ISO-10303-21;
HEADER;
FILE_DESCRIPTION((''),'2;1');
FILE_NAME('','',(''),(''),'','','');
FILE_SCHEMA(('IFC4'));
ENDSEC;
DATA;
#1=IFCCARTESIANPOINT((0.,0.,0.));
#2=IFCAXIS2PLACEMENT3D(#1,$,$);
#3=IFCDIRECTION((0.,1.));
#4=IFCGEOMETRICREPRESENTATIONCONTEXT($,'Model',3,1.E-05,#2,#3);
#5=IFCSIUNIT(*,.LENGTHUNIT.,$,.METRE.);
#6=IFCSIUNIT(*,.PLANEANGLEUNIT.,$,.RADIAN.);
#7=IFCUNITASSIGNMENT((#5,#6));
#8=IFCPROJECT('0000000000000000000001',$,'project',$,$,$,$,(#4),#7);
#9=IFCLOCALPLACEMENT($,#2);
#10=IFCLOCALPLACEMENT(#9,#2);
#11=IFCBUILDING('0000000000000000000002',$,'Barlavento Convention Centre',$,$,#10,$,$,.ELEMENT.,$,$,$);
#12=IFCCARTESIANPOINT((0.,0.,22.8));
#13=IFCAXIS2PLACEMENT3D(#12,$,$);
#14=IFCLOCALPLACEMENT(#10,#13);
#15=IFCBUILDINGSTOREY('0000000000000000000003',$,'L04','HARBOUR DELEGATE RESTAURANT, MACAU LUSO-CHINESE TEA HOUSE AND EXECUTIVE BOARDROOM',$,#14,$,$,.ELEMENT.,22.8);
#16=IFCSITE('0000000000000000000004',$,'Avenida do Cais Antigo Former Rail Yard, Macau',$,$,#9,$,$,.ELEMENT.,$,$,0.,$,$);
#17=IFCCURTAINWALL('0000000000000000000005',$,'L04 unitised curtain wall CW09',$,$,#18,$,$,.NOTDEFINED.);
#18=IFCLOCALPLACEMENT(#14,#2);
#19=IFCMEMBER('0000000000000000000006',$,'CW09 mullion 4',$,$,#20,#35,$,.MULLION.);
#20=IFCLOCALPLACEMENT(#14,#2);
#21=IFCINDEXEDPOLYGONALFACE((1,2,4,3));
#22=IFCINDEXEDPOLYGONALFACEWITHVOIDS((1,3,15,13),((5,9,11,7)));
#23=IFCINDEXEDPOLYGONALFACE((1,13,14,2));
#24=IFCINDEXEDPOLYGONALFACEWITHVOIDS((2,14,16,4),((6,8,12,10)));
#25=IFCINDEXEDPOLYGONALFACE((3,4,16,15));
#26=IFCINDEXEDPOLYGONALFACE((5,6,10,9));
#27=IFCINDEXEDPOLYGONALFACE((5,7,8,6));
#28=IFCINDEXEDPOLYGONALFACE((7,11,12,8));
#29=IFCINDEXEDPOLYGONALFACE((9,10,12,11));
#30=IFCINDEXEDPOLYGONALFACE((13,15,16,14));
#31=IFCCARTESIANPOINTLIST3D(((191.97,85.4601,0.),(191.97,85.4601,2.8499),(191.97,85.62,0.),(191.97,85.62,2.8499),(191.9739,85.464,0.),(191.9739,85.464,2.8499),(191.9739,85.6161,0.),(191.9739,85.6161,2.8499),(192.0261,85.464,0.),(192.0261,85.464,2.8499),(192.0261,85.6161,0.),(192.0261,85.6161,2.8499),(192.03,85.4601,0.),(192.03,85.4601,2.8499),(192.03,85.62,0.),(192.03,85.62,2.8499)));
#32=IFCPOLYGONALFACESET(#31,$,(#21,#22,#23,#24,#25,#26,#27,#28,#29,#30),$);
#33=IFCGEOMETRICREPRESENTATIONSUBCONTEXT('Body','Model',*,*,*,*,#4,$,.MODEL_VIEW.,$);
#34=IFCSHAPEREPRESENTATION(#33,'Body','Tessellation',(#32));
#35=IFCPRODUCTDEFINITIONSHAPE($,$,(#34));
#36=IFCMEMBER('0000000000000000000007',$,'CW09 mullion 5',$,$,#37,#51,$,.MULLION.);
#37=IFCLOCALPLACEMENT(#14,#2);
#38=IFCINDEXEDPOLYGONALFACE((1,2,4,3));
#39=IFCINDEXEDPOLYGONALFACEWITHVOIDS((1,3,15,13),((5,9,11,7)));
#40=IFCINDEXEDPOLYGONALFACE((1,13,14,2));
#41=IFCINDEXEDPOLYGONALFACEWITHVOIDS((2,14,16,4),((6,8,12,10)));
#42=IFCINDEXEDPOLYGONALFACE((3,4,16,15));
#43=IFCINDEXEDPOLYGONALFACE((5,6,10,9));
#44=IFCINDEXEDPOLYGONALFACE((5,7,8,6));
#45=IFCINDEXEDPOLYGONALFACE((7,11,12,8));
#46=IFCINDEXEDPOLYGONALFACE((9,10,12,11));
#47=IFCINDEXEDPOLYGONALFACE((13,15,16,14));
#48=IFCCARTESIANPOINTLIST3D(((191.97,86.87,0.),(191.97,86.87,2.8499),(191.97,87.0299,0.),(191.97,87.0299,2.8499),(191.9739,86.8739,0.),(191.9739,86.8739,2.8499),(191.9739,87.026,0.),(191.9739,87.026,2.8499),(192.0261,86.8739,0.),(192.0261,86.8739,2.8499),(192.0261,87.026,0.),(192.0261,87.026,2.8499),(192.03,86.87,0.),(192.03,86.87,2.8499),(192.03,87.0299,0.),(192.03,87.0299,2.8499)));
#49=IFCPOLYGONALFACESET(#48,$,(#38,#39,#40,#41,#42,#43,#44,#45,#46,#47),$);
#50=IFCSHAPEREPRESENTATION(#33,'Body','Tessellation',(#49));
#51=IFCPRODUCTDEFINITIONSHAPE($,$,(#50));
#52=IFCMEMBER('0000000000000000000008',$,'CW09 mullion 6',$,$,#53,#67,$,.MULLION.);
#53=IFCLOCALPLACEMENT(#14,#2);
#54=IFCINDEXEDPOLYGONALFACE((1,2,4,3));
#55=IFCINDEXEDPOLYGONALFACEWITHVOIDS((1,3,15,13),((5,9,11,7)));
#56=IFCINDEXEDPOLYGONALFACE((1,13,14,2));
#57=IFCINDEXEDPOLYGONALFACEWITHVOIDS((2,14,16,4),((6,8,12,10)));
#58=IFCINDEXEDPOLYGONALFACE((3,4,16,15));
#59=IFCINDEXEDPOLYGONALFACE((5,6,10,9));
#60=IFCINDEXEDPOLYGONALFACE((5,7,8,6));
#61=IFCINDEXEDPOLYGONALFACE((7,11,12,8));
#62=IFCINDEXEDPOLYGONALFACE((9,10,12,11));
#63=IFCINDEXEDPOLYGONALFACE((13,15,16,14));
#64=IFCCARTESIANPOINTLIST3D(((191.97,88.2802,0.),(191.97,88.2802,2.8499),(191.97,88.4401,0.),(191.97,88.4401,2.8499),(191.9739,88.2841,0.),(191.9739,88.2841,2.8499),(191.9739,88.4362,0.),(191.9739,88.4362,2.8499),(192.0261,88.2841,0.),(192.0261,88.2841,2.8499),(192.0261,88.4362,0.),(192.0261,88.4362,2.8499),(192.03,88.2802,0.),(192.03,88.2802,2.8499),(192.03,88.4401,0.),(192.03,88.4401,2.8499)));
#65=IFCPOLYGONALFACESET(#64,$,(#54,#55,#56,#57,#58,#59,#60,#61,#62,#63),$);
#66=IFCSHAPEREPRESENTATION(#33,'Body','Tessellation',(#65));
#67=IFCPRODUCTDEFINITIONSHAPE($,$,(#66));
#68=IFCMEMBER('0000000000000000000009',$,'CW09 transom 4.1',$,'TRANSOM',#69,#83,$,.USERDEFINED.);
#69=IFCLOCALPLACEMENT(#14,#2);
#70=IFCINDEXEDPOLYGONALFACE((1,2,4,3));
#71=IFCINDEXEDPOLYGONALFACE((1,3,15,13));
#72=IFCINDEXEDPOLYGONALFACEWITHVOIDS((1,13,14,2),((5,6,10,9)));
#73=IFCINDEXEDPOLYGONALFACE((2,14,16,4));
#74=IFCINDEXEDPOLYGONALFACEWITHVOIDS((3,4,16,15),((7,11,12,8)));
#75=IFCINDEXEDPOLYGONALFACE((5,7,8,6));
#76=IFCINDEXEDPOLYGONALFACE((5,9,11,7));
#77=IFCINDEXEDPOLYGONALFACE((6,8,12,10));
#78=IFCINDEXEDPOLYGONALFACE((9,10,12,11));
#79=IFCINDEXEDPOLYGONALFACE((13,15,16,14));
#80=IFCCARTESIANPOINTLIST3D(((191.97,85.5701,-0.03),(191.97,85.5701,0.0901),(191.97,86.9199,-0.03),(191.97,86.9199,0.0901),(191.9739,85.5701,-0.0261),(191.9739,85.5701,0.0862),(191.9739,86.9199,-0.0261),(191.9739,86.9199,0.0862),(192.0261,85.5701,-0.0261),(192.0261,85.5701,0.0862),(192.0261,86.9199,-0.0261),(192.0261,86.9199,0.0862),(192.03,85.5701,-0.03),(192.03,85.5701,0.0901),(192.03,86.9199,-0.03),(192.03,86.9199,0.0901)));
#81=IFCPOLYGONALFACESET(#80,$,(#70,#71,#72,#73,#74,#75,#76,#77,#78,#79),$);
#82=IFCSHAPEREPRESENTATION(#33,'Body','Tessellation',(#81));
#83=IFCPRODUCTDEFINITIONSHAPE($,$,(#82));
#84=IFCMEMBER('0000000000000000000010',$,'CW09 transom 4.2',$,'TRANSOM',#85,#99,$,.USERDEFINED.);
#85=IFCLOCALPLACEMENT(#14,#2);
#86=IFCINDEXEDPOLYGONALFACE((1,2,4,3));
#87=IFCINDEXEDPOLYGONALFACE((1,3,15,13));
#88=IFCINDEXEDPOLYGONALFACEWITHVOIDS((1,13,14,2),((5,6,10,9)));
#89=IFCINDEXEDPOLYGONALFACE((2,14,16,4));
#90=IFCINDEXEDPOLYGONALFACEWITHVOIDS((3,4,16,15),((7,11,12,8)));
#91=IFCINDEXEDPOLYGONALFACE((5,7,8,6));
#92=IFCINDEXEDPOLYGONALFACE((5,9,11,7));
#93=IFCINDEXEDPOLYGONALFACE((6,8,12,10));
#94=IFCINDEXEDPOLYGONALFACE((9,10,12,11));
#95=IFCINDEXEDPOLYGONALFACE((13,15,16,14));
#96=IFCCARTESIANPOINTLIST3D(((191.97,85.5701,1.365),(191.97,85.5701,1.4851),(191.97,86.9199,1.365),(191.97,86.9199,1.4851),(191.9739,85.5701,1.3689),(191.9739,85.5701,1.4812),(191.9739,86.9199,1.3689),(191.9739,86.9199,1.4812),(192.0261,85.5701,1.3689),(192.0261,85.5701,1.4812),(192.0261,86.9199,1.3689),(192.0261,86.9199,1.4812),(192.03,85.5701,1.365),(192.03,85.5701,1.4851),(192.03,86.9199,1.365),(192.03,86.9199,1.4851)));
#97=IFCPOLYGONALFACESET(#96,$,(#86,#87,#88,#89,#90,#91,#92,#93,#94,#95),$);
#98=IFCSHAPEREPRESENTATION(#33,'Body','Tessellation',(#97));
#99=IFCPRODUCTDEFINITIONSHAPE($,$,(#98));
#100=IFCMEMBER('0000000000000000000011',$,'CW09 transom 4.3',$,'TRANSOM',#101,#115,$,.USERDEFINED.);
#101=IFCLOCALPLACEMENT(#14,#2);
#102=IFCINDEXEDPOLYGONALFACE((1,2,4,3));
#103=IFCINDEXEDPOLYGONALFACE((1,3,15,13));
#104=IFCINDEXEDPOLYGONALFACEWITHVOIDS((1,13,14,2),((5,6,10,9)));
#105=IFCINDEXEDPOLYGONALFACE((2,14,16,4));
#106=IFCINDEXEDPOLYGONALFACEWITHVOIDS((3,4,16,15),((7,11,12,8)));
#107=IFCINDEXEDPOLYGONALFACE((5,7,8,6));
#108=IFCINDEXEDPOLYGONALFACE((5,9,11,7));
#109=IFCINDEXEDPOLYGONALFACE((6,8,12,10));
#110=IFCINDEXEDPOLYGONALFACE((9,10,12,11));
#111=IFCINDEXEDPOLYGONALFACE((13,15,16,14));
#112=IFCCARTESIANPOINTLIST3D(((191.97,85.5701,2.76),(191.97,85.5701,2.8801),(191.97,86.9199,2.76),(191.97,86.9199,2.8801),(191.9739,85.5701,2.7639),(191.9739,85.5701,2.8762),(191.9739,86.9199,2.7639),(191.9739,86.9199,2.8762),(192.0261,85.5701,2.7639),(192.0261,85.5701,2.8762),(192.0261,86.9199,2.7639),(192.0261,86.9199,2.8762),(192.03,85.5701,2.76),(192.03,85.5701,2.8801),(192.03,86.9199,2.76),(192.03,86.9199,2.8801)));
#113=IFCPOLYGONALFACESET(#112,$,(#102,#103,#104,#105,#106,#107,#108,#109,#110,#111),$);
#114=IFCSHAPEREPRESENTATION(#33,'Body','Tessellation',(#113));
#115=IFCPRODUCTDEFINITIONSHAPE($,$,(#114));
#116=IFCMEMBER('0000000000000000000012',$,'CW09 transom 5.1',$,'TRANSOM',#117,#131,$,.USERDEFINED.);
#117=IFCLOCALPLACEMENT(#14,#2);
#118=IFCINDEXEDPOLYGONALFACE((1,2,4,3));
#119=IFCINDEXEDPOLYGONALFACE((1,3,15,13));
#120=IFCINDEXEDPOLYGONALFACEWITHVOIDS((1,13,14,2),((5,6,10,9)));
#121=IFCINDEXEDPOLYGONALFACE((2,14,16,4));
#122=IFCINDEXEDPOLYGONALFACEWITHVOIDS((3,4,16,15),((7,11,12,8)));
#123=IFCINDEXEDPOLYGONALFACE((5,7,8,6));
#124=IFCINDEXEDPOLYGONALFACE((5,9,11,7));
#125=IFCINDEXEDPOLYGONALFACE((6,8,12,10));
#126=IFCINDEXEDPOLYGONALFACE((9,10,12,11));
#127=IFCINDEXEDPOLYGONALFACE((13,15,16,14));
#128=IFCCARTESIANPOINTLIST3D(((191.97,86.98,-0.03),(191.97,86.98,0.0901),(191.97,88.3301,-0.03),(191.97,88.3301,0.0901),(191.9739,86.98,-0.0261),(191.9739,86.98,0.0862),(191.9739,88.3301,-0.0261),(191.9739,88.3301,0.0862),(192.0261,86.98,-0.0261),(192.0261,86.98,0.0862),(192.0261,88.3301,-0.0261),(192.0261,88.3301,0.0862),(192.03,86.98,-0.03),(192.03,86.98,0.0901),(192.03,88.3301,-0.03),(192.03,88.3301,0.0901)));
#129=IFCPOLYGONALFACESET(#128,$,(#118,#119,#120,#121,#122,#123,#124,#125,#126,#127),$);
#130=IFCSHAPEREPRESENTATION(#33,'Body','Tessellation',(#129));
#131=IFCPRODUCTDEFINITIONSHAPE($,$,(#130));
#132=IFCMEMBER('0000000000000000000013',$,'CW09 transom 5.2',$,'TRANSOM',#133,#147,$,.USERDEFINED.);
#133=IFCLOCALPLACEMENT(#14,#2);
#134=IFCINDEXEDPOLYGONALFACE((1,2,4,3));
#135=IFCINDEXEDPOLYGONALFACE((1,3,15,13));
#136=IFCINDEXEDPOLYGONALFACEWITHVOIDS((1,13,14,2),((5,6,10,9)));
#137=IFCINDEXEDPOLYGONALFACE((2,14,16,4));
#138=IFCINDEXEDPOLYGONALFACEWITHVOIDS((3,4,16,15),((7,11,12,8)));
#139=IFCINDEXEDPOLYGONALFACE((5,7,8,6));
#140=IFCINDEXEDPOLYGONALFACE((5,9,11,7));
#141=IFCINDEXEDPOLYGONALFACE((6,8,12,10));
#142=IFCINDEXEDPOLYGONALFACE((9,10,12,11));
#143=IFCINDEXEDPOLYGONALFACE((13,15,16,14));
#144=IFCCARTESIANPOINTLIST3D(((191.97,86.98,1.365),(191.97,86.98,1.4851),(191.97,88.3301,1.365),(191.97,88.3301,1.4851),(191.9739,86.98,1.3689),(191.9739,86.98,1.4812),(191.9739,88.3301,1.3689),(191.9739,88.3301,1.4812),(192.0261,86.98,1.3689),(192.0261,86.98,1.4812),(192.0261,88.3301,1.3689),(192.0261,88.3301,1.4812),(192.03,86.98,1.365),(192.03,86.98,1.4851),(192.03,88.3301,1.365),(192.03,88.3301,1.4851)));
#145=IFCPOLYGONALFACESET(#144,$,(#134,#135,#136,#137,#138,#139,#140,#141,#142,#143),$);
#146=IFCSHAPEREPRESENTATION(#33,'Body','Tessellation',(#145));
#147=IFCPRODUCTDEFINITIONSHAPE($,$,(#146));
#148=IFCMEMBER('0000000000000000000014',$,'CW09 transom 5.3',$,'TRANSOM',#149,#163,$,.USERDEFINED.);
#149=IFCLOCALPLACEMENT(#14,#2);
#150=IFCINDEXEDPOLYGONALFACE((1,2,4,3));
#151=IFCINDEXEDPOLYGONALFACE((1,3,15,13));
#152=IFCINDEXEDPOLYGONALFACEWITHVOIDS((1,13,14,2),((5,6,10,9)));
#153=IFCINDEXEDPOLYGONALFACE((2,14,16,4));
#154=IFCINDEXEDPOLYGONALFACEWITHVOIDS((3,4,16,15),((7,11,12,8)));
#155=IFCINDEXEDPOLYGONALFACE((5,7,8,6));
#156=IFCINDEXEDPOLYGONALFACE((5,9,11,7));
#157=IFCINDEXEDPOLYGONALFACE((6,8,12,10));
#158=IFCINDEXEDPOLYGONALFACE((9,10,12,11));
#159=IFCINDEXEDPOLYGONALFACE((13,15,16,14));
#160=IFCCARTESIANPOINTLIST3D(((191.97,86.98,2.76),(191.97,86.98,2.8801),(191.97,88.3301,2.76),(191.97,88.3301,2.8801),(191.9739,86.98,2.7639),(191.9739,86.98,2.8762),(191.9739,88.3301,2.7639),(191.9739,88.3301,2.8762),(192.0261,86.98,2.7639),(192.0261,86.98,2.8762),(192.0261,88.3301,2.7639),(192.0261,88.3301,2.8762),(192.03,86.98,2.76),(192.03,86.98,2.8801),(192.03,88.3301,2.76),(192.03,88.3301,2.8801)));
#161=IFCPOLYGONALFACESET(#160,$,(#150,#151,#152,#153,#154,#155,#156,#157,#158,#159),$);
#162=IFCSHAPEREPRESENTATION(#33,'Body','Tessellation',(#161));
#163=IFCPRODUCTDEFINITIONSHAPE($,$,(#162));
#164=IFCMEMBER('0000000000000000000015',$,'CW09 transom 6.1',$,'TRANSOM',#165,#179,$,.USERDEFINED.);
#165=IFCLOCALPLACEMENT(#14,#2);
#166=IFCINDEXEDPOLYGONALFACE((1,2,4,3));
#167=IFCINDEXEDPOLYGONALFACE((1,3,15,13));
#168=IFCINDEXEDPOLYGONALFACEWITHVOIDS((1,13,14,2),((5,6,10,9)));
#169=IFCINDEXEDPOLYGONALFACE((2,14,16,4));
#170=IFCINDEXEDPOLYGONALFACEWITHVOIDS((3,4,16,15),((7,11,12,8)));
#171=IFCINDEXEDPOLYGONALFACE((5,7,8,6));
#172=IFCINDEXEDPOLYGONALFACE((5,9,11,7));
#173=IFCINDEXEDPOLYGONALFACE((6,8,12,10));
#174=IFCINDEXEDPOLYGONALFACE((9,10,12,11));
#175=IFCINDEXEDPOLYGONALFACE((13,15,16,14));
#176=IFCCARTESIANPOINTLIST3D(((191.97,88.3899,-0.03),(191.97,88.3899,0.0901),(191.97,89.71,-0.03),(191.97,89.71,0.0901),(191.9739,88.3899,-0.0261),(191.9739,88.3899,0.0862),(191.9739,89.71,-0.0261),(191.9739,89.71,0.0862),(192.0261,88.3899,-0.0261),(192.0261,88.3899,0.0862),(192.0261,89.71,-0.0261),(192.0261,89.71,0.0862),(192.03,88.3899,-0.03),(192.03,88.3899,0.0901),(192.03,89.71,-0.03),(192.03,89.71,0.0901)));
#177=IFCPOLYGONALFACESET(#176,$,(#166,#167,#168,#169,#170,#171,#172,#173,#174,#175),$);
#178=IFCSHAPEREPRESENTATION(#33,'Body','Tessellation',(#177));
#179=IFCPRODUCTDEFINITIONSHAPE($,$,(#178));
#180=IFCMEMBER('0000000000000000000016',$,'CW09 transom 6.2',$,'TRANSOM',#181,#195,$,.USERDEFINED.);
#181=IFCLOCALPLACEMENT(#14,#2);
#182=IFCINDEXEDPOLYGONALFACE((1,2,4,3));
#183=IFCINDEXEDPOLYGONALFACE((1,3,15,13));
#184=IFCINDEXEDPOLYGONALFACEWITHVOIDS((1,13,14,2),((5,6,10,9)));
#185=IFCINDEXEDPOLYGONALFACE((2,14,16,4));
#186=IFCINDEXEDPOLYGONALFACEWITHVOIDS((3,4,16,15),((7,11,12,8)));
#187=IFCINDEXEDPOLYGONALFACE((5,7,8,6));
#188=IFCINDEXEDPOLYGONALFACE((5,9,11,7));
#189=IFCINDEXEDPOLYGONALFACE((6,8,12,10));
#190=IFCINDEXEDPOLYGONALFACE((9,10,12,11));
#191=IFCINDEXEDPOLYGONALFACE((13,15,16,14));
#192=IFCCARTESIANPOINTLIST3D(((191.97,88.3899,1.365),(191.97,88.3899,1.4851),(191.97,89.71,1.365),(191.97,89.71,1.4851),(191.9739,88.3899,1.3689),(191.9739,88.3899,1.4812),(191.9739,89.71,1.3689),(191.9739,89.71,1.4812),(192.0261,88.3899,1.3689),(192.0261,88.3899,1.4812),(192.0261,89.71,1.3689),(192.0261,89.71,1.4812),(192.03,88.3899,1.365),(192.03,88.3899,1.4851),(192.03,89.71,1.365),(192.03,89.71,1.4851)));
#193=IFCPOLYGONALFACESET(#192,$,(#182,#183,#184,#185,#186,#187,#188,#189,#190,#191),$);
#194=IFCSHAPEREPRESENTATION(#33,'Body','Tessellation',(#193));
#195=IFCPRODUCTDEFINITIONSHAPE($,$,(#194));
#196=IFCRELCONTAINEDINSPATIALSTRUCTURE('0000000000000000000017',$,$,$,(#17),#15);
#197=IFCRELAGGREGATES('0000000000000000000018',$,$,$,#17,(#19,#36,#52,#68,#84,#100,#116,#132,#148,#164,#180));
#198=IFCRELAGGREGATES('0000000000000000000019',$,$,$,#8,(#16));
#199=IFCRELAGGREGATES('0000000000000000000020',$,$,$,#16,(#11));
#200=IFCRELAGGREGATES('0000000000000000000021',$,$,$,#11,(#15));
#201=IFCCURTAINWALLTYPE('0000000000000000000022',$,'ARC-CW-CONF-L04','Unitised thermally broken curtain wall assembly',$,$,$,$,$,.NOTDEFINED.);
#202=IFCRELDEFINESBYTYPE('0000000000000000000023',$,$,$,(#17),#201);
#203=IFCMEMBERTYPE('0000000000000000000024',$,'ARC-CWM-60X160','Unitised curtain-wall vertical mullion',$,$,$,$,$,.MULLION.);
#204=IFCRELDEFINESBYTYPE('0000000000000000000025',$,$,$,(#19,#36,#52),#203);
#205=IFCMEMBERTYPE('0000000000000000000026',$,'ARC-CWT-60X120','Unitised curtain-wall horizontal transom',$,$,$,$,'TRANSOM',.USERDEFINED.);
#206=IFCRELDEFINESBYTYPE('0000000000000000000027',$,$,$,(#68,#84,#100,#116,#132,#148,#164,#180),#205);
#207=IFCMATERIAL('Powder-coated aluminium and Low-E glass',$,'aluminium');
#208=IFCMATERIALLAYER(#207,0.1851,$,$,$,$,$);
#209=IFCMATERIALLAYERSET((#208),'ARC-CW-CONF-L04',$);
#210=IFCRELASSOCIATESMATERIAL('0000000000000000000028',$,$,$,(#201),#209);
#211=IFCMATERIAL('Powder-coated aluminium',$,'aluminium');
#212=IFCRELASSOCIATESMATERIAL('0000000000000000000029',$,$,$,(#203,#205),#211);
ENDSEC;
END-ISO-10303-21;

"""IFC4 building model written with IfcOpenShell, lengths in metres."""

from ifc_helpers import new_model, si_unit, direction, frame, origin, origin_2d, place, context, subcontext, project, spatial, hollow_rectangle, extrude, material, layer, layer_set, material_profile, profile_set, type_object, element, aggregate, save


model = new_model("IFC4")

# Units and contexts
model_context = context("Model", 3, precision=1e-05, world=origin(), true_north=direction((0.0, 1.0)))
body_context = subcontext(model_context, "Body", "Model", "MODEL_VIEW")
ifc_project = project(units=[si_unit("LENGTHUNIT", "METRE"), si_unit("PLANEANGLEUNIT", "RADIAN")], contexts=[model_context])

# Site, building, storey
site_placement = place(None, origin())
site = spatial("IfcSite", under=ifc_project, at=site_placement, Name="Avenida do Cais Antigo Former Rail Yard, Macau", CompositionType="ELEMENT", RefElevation=0.0)
building_placement = place(site_placement, origin())
building = spatial("IfcBuilding", under=site, at=building_placement, Name="Barlavento Convention Centre", CompositionType="ELEMENT")
storey_placement = place(building_placement, frame((0.0, 0.0, 22.8)))
storey = spatial("IfcBuildingStorey", under=building, at=storey_placement, Name="L04", Description="HARBOUR DELEGATE RESTAURANT, MACAU LUSO-CHINESE TEA HOUSE AND EXECUTIVE BOARDROOM", CompositionType="ELEMENT", Elevation=22.8)

# Curtain wall, members
ifc_material_1 = material(Name="Powder-coated aluminium and Low-E glass", Category="aluminium")
ifc_layer_1 = layer(ifc_material_1, 0.1851)
ifc_layer_set_1 = layer_set([ifc_layer_1], Name="ARC-CW-CONF-L04")
curtain_wall_type = type_object("IfcCurtainWallType", Name="ARC-CW-CONF-L04", Description="Unitised thermally broken curtain wall assembly", PredefinedType="NOTDEFINED", material=ifc_layer_set_1)
curtain_wall_placement = place(storey_placement, origin())
curtain_wall = element("IfcCurtainWall", 1, at=curtain_wall_placement, inside=storey, type_object=curtain_wall_type, Name="L04 unitised curtain wall CW09", PredefinedType="NOTDEFINED")
ifc_material_2 = material(Name="Powder-coated aluminium", Category="aluminium")
ifc_material_profile_1 = material_profile(ifc_material_2, hollow_rectangle(XDim=0.0601, YDim=0.1599, WallThickness=0.0039, at=origin_2d()), Name="AL-MULL 60x160x4")
ifc_profile_set_1 = profile_set([ifc_material_profile_1], Name="Powder-coated aluminium")
member_type_1 = type_object("IfcMemberType", Name="ARC-CWM-60X160", Description="Unitised curtain-wall vertical mullion", PredefinedType="MULLION", material=ifc_profile_set_1)
member_1_placement = place(storey_placement, frame((192.0, 85.54, 0.0), z_axis=(0.0, 0.0, 1.0), x_axis=(-1.0, 0.0, 0.0)))
member_1 = element("IfcMember", 2, at=member_1_placement, type_object=member_type_1, Name="CW09 mullion 4", PredefinedType="MULLION", context=body_context, shape_type="SweptSolid", body=[
    extrude(hollow_rectangle(XDim=0.0601, YDim=0.1599, WallThickness=0.0039, at=origin_2d()), origin(), (0.0, 0.0, 1.0), 2.8499),
])
member_2_placement = place(storey_placement, frame((192.0, 86.95, 0.0), z_axis=(0.0, 0.0, 1.0), x_axis=(-1.0, 0.0, 0.0)))
member_2 = element("IfcMember", 3, at=member_2_placement, type_object=member_type_1, Name="CW09 mullion 5", PredefinedType="MULLION", context=body_context, shape_type="SweptSolid", body=[
    extrude(hollow_rectangle(XDim=0.0601, YDim=0.1599, WallThickness=0.0039, at=origin_2d()), origin(), (0.0, 0.0, 1.0), 2.8499),
])
member_3_placement = place(storey_placement, frame((192.0, 88.3601, 0.0), z_axis=(0.0, 0.0, 1.0), x_axis=(-1.0, 0.0, 0.0)))
member_3 = element("IfcMember", 4, at=member_3_placement, type_object=member_type_1, Name="CW09 mullion 6", PredefinedType="MULLION", context=body_context, shape_type="SweptSolid", body=[
    extrude(hollow_rectangle(XDim=0.0601, YDim=0.1599, WallThickness=0.0039, at=origin_2d()), origin(), (0.0, 0.0, 1.0), 2.8499),
])
ifc_material_profile_2 = material_profile(ifc_material_2, hollow_rectangle(XDim=0.0601, YDim=0.1201, WallThickness=0.0039, at=origin_2d()), Name="AL-TRAN 60x120x4")
ifc_profile_set_2 = profile_set([ifc_material_profile_2], Name="Powder-coated aluminium")
member_type_2 = type_object("IfcMemberType", Name="ARC-CWT-60X120", Description="Unitised curtain-wall horizontal transom", ElementType="TRANSOM", PredefinedType="USERDEFINED", material=ifc_profile_set_2)
member_4_placement = place(storey_placement, frame((192.0, 85.5701, 0.03), z_axis=(0.0, 1.0, 0.0), x_axis=(-1.0, 0.0, 0.0)))
member_4 = element("IfcMember", 5, at=member_4_placement, type_object=member_type_2, Name="CW09 transom 4.1", ObjectType="TRANSOM", PredefinedType="USERDEFINED", context=body_context, shape_type="SweptSolid", body=[
    extrude(hollow_rectangle(XDim=0.0601, YDim=0.1201, WallThickness=0.0039, at=origin_2d()), origin(), (0.0, 0.0, 1.0), 1.3499),
])
member_5_placement = place(storey_placement, frame((192.0, 85.5701, 1.425), z_axis=(0.0, 1.0, 0.0), x_axis=(-1.0, 0.0, 0.0)))
member_5 = element("IfcMember", 6, at=member_5_placement, type_object=member_type_2, Name="CW09 transom 4.2", ObjectType="TRANSOM", PredefinedType="USERDEFINED", context=body_context, shape_type="SweptSolid", body=[
    extrude(hollow_rectangle(XDim=0.0601, YDim=0.1201, WallThickness=0.0039, at=origin_2d()), origin(), (0.0, 0.0, 1.0), 1.3499),
])
member_6_placement = place(storey_placement, frame((192.0, 85.5701, 2.8201), z_axis=(0.0, 1.0, 0.0), x_axis=(-1.0, 0.0, 0.0)))
member_6 = element("IfcMember", 7, at=member_6_placement, type_object=member_type_2, Name="CW09 transom 4.3", ObjectType="TRANSOM", PredefinedType="USERDEFINED", context=body_context, shape_type="SweptSolid", body=[
    extrude(hollow_rectangle(XDim=0.0601, YDim=0.1201, WallThickness=0.0039, at=origin_2d()), origin(), (0.0, 0.0, 1.0), 1.3499),
])
member_7_placement = place(storey_placement, frame((192.0, 86.98, 0.03), z_axis=(0.0, 1.0, 0.0), x_axis=(-1.0, 0.0, 0.0)))
member_7 = element("IfcMember", 8, at=member_7_placement, type_object=member_type_2, Name="CW09 transom 5.1", ObjectType="TRANSOM", PredefinedType="USERDEFINED", context=body_context, shape_type="SweptSolid", body=[
    extrude(hollow_rectangle(XDim=0.0601, YDim=0.1201, WallThickness=0.0039, at=origin_2d()), origin(), (0.0, 0.0, 1.0), 1.3501),
])
member_8_placement = place(storey_placement, frame((192.0, 86.98, 1.425), z_axis=(0.0, 1.0, 0.0), x_axis=(-1.0, 0.0, 0.0)))
member_8 = element("IfcMember", 9, at=member_8_placement, type_object=member_type_2, Name="CW09 transom 5.2", ObjectType="TRANSOM", PredefinedType="USERDEFINED", context=body_context, shape_type="SweptSolid", body=[
    extrude(hollow_rectangle(XDim=0.0601, YDim=0.1201, WallThickness=0.0039, at=origin_2d()), origin(), (0.0, 0.0, 1.0), 1.3501),
])
member_9_placement = place(storey_placement, frame((192.0, 86.98, 2.8201), z_axis=(0.0, 1.0, 0.0), x_axis=(-1.0, 0.0, 0.0)))
member_9 = element("IfcMember", 10, at=member_9_placement, type_object=member_type_2, Name="CW09 transom 5.3", ObjectType="TRANSOM", PredefinedType="USERDEFINED", context=body_context, shape_type="SweptSolid", body=[
    extrude(hollow_rectangle(XDim=0.0601, YDim=0.1201, WallThickness=0.0039, at=origin_2d()), origin(), (0.0, 0.0, 1.0), 1.3501),
])
member_10_placement = place(storey_placement, frame((192.0, 88.3899, 0.03), z_axis=(0.0, 1.0, 0.0), x_axis=(-1.0, 0.0, 0.0)))
member_10 = element("IfcMember", 11, at=member_10_placement, type_object=member_type_2, Name="CW09 transom 6.1", ObjectType="TRANSOM", PredefinedType="USERDEFINED", context=body_context, shape_type="SweptSolid", body=[
    extrude(hollow_rectangle(XDim=0.0601, YDim=0.1201, WallThickness=0.0039, at=origin_2d()), origin(), (0.0, 0.0, 1.0), 1.3201),
])
member_11_placement = place(storey_placement, frame((192.0, 88.3899, 1.425), z_axis=(0.0, 1.0, 0.0), x_axis=(-1.0, 0.0, 0.0)))
member_11 = element("IfcMember", 12, at=member_11_placement, type_object=member_type_2, Name="CW09 transom 6.2", ObjectType="TRANSOM", PredefinedType="USERDEFINED", context=body_context, shape_type="SweptSolid", body=[
    extrude(hollow_rectangle(XDim=0.0601, YDim=0.1201, WallThickness=0.0039, at=origin_2d()), origin(), (0.0, 0.0, 1.0), 1.3201),
])
aggregate(curtain_wall, [member_1, member_2, member_3, member_4, member_5, member_6, member_7, member_8, member_9, member_10, member_11])

save(model, "model.ifc")
